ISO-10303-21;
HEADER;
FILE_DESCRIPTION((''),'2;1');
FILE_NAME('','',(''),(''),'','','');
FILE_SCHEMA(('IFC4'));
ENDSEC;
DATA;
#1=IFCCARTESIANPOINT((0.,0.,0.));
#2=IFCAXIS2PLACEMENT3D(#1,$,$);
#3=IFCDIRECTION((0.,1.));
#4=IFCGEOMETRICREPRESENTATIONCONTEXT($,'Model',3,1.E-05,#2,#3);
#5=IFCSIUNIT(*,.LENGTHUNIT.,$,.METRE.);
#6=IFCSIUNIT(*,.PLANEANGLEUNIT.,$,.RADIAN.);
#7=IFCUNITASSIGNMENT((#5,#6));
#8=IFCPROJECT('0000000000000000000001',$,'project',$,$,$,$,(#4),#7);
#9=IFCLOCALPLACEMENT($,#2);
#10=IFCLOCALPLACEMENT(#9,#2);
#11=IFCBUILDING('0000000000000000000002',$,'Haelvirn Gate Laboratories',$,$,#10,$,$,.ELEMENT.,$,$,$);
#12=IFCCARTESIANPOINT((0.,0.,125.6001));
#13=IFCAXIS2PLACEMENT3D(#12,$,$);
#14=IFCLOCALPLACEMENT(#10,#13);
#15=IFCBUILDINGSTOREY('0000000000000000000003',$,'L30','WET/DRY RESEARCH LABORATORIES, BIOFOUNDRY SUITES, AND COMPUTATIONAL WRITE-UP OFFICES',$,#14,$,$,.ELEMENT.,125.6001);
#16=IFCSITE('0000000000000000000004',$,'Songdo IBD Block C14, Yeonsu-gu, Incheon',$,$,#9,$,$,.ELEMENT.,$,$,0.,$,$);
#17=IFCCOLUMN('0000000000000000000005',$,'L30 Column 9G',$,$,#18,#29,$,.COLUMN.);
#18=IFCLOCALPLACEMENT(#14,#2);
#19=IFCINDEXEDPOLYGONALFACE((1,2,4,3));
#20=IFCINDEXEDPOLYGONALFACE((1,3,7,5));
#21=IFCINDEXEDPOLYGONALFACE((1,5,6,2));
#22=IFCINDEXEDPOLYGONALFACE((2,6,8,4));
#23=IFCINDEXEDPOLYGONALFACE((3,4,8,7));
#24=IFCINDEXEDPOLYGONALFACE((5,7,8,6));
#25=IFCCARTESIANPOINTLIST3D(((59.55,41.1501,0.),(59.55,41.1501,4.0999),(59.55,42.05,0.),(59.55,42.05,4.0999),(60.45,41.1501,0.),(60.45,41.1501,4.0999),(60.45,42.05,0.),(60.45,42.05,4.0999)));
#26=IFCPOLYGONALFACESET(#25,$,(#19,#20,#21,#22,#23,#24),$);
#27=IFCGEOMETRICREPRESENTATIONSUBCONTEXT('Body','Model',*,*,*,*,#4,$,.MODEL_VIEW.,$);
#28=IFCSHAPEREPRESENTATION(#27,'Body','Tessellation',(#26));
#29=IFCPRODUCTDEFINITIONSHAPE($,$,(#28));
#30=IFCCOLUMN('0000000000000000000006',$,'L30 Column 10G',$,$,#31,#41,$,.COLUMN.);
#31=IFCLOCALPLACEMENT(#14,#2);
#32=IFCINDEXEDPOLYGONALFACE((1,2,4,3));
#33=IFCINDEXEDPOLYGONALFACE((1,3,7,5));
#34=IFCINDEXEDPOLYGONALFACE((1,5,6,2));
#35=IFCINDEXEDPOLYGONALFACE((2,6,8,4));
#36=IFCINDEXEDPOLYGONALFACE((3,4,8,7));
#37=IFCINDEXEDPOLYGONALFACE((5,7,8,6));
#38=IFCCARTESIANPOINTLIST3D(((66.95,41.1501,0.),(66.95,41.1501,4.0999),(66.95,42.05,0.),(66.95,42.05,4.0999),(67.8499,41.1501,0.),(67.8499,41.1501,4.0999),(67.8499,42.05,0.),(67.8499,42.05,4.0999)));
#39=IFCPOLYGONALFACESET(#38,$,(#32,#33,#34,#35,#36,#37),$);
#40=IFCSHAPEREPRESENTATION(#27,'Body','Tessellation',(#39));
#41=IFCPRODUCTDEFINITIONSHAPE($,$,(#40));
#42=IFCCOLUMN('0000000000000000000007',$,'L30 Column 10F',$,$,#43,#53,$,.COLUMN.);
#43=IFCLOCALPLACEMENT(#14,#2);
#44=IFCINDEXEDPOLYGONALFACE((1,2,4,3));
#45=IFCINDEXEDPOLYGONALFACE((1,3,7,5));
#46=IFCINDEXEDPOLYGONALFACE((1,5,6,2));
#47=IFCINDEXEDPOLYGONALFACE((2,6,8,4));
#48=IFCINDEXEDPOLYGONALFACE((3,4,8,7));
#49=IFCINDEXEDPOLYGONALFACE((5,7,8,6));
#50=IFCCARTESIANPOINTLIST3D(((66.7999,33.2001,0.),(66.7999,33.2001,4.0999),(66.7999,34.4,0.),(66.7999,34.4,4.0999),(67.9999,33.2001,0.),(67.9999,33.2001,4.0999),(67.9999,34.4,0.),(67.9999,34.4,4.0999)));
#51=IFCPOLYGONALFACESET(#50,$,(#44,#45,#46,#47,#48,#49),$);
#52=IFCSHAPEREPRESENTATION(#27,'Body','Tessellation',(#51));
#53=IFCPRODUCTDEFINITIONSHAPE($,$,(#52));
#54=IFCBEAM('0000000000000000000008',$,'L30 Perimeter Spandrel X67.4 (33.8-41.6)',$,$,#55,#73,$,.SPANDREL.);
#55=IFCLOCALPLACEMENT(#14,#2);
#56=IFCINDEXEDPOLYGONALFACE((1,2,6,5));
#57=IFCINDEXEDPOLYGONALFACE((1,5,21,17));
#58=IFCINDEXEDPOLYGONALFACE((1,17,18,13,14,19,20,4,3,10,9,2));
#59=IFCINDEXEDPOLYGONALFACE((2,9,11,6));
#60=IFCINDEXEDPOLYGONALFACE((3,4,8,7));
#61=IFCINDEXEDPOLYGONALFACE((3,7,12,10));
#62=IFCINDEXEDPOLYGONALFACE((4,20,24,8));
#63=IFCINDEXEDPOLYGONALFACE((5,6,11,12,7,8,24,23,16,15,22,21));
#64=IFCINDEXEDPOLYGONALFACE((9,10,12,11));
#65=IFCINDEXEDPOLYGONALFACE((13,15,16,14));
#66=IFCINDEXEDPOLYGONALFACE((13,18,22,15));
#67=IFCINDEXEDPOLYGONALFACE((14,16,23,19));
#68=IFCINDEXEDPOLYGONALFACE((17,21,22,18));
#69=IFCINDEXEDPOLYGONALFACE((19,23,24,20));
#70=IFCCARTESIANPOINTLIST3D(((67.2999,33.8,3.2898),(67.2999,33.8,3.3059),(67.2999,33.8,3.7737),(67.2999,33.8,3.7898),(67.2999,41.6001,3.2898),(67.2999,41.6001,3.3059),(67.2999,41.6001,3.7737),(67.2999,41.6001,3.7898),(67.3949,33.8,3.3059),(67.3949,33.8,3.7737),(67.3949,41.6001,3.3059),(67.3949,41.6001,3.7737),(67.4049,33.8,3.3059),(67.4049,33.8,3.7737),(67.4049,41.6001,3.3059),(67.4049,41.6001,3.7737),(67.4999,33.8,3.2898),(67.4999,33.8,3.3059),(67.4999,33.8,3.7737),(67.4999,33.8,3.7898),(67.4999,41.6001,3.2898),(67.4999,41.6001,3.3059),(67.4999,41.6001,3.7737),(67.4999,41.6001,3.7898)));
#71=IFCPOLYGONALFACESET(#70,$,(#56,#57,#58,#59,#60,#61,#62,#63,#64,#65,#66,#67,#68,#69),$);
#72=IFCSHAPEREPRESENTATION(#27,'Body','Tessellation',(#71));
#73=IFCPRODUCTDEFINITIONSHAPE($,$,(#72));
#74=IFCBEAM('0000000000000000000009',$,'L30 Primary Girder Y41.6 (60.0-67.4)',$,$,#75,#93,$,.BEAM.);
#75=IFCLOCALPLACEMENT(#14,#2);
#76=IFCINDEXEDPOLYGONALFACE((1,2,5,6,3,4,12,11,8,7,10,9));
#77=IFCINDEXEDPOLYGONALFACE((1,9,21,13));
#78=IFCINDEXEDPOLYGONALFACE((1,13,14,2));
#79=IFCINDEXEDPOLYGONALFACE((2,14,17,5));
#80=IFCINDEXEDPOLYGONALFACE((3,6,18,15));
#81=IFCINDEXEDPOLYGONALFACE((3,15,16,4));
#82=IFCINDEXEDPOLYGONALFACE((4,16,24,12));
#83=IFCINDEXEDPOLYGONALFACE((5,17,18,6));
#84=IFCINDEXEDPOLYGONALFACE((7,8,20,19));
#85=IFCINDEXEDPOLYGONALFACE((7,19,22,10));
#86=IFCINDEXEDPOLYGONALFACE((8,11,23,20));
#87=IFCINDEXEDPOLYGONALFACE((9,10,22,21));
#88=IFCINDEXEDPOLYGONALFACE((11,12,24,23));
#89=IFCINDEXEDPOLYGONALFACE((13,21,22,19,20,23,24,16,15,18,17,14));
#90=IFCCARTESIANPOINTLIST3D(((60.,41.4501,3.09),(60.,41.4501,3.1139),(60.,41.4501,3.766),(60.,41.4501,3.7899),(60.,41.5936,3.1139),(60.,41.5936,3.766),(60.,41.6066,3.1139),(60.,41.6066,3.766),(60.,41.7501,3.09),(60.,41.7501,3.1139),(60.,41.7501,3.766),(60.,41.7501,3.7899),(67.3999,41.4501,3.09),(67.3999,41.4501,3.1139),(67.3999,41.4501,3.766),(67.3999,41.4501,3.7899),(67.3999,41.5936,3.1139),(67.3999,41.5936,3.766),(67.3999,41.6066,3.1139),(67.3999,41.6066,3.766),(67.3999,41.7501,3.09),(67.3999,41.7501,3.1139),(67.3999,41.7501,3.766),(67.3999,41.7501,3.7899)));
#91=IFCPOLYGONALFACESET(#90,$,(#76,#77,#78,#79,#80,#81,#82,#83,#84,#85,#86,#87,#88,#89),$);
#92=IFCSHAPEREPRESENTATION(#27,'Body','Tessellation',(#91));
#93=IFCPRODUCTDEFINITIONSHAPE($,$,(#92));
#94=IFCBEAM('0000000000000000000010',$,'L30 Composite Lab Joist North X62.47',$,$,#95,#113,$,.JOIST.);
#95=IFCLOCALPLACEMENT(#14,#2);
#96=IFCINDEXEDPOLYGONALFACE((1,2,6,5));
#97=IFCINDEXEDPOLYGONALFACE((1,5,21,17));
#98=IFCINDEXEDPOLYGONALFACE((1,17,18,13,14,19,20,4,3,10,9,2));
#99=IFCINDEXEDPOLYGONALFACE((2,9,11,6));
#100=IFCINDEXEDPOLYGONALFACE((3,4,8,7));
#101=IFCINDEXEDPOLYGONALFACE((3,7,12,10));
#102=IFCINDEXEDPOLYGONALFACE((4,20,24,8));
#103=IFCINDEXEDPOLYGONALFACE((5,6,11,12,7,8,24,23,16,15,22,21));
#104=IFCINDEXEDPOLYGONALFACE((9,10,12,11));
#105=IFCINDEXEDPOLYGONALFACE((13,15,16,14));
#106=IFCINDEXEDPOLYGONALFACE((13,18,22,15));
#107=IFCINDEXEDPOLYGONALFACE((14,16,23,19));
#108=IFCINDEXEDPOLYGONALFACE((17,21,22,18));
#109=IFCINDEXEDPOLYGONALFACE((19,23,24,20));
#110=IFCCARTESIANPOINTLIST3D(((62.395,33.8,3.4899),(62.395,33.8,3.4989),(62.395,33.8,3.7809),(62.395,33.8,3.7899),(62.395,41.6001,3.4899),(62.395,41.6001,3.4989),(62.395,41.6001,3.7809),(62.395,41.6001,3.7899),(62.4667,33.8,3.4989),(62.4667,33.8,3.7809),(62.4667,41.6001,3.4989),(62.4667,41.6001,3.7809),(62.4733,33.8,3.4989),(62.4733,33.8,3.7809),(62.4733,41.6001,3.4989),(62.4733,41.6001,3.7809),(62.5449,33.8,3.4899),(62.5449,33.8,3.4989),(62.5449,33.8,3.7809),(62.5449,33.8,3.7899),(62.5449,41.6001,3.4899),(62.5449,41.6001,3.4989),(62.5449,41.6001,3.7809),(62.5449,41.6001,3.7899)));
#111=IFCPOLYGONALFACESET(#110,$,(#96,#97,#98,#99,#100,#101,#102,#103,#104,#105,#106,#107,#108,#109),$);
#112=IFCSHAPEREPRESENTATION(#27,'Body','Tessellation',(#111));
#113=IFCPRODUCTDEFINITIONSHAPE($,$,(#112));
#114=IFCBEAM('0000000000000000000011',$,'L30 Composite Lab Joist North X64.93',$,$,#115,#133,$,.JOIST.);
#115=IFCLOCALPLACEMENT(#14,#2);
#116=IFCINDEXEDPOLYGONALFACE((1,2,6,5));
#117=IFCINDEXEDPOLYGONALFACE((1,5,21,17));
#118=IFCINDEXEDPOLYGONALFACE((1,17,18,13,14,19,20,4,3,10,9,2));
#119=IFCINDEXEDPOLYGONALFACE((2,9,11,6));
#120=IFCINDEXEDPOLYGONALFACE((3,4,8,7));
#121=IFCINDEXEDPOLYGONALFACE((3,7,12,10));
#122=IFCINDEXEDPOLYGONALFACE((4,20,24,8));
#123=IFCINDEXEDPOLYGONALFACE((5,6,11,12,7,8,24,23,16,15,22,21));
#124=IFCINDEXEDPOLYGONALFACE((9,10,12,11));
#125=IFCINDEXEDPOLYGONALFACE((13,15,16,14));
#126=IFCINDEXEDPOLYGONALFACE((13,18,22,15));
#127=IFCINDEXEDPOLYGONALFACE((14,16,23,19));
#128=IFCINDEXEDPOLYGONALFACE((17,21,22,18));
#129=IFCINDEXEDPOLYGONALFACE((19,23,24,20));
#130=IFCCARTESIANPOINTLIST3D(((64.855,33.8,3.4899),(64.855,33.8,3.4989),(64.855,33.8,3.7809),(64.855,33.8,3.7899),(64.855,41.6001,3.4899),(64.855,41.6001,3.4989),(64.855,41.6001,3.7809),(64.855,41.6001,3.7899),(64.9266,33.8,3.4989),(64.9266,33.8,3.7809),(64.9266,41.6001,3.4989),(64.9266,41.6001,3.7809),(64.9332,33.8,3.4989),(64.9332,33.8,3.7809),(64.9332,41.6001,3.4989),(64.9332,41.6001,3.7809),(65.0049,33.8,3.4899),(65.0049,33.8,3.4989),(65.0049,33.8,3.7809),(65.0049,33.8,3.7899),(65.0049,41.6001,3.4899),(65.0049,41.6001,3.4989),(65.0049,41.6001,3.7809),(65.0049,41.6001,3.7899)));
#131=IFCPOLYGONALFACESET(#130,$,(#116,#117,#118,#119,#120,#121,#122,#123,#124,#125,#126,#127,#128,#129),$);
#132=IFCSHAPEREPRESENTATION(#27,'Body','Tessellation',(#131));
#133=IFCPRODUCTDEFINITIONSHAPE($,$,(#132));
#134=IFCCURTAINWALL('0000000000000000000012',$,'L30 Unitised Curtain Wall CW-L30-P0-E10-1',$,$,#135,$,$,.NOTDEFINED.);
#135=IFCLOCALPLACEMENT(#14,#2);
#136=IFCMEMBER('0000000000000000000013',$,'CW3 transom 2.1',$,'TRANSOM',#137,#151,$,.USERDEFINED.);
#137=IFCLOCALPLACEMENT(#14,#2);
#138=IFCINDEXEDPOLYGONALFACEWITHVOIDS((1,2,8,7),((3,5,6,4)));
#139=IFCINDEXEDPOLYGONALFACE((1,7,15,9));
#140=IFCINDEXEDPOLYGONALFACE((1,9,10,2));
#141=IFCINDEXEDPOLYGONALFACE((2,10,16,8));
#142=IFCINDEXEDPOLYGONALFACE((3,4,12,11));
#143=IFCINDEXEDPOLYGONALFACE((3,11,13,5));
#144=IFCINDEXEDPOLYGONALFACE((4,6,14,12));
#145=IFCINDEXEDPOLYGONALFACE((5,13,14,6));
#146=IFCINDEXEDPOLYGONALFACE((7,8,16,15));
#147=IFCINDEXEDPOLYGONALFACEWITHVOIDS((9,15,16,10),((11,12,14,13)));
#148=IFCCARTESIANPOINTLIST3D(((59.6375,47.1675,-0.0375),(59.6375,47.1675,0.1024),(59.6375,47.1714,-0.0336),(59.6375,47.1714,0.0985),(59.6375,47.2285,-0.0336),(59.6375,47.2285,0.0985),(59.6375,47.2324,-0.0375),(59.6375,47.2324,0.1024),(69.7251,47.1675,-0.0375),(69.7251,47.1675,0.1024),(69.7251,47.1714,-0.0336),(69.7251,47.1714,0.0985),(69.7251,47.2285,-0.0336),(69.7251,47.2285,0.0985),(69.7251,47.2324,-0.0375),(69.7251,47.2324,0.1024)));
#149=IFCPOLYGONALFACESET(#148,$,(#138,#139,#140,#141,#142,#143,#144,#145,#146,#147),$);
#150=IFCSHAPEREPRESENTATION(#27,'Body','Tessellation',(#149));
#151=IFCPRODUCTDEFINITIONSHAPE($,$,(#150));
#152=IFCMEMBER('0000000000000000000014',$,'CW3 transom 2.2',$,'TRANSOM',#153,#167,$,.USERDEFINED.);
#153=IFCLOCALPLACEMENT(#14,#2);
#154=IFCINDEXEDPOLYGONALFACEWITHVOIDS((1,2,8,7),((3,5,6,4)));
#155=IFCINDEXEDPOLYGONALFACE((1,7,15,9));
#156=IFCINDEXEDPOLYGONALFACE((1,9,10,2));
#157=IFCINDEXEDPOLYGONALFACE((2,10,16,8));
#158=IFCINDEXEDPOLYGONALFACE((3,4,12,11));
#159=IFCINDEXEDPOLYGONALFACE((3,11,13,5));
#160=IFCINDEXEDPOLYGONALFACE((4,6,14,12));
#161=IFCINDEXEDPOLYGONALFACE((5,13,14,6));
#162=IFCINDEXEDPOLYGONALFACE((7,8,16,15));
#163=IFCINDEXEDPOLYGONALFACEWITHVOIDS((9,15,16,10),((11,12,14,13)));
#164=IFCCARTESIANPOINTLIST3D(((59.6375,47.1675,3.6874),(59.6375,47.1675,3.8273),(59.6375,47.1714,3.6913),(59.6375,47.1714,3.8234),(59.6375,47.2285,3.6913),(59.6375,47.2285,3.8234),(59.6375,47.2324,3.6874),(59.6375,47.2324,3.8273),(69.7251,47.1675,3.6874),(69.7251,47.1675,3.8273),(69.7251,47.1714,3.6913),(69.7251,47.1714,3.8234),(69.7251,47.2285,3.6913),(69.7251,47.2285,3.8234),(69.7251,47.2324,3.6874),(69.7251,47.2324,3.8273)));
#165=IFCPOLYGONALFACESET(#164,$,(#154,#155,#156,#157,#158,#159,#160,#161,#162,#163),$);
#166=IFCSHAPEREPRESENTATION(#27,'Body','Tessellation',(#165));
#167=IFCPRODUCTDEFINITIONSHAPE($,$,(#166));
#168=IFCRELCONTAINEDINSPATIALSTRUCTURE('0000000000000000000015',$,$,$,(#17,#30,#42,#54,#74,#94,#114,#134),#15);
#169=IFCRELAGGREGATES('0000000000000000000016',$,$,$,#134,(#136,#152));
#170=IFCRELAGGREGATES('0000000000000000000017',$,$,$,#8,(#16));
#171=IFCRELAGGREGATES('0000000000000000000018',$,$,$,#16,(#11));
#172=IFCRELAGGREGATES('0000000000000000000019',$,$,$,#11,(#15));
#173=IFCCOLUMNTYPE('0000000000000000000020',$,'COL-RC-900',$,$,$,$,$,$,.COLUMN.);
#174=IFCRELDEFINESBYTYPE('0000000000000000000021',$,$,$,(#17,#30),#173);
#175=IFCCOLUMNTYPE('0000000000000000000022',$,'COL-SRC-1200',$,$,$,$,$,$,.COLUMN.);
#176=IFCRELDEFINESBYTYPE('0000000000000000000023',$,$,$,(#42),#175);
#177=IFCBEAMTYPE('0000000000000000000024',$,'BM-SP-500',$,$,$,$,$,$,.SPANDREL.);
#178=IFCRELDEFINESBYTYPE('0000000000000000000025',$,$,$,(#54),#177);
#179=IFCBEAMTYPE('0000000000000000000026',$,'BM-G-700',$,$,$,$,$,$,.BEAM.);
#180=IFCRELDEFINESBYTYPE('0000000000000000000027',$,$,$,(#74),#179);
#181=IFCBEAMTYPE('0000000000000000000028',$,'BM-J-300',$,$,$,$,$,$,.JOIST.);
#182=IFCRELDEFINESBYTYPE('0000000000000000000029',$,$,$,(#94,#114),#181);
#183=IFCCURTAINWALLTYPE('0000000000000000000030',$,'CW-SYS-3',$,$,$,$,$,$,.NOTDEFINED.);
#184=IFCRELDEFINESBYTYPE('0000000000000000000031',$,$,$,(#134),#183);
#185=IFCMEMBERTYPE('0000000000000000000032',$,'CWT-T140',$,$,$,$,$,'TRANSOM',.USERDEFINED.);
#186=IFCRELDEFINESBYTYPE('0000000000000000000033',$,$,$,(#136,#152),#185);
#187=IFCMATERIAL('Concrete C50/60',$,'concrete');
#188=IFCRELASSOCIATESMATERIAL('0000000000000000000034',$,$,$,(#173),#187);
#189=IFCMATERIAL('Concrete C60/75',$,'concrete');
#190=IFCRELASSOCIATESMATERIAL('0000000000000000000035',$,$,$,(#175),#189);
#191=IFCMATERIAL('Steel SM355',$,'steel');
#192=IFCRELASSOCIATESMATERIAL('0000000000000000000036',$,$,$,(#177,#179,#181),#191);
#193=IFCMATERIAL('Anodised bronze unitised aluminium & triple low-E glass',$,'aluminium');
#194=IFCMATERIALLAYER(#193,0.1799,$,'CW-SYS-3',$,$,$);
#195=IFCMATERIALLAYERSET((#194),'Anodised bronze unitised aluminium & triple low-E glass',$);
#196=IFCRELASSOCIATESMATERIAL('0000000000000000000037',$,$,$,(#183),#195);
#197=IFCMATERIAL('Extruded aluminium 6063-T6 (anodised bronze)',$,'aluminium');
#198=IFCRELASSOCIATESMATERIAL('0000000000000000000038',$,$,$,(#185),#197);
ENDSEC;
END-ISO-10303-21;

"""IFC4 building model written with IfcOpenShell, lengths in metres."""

from ifc_helpers import new_model, si_unit, direction, frame, origin, origin_2d, place, context, subcontext, project, spatial, rectangle, hollow_rectangle, i_section, extrude, source, transform, mapped, material, layer, layer_set, material_profile, profile_set, type_object, type_shapes, element, aggregate, save


model = new_model("IFC4")

# Units and contexts
model_context = context("Model", 3, precision=1e-05, world=origin(), true_north=direction((0.0, 1.0)))
body_context = subcontext(model_context, "Body", "Model", "MODEL_VIEW")
ifc_project = project(units=[si_unit("LENGTHUNIT", "METRE"), si_unit("PLANEANGLEUNIT", "RADIAN")], contexts=[model_context])

# Site, building, storey
site_placement = place(None, origin())
site = spatial("IfcSite", under=ifc_project, at=site_placement, Name="Songdo IBD Block C14, Yeonsu-gu, Incheon", CompositionType="ELEMENT", RefElevation=0.0)
building_placement = place(site_placement, origin())
building = spatial("IfcBuilding", under=site, at=building_placement, Name="Haelvirn Gate Laboratories", CompositionType="ELEMENT")
storey_placement = place(building_placement, frame((0.0, 0.0, 125.6001)))
storey = spatial("IfcBuildingStorey", under=building, at=storey_placement, Name="L30", Description="WET/DRY RESEARCH LABORATORIES, BIOFOUNDRY SUITES, AND COMPUTATIONAL WRITE-UP OFFICES", CompositionType="ELEMENT", Elevation=125.6001)

# Columns
ifc_material_1 = material(Name="Concrete C50/60", Category="concrete")
ifc_material_profile_1 = material_profile(ifc_material_1, rectangle(XDim=0.8999, YDim=0.8999, at=origin_2d()), Name="RC-900x900")
ifc_profile_set_1 = profile_set([ifc_material_profile_1], Name="Concrete C50/60")
column_type_1 = type_object("IfcColumnType", Name="COL-RC-900", PredefinedType="COLUMN", material=ifc_profile_set_1)
shared_shape_1 = source(origin(), body_context, "Body", "SweptSolid", [
    extrude(rectangle(XDim=0.8999, YDim=0.8999, at=origin_2d()), origin(), (0.0, 0.0, 1.0), 4.0999),
])
type_shapes(column_type_1, [shared_shape_1])
for number, where, z_axis, x_axis, name in (
    (1, (60.0, 41.6001, 0.0), (0.0, 0.0, 1.0), (1.0, 0.0, 0.0), "L30 Column 9G"),
    (2, (67.3999, 41.6001, 0.0), (0.0, 0.0, 1.0), (1.0, 0.0, 0.0), "L30 Column 10G"),
):
    element("IfcColumn", number, at=place(storey_placement, frame(where, z_axis=z_axis, x_axis=x_axis)), inside=storey, type_object=column_type_1, Name=name, PredefinedType="COLUMN", context=body_context, shape_type="MappedRepresentation", body=[
        mapped(shared_shape_1, transform((0.0, 0.0, 0.0), scale=1.0)),
    ])
ifc_material_2 = material(Name="Concrete C60/75", Category="concrete")
ifc_material_profile_2 = material_profile(ifc_material_2, rectangle(XDim=1.2, YDim=1.2, at=origin_2d()), Name="SRC-1200x1200")
ifc_profile_set_2 = profile_set([ifc_material_profile_2], Name="Concrete C60/75")
column_type_2 = type_object("IfcColumnType", Name="COL-SRC-1200", PredefinedType="COLUMN", material=ifc_profile_set_2)
shared_shape_2 = source(origin(), body_context, "Body", "SweptSolid", [
    extrude(rectangle(XDim=1.2, YDim=1.2, at=origin_2d()), origin(), (0.0, 0.0, 1.0), 4.0999),
])
type_shapes(column_type_2, [shared_shape_2])
column_placement = place(storey_placement, frame((67.3999, 33.8, 0.0), z_axis=(0.0, 0.0, 1.0), x_axis=(1.0, 0.0, 0.0)))
element("IfcColumn", 3, at=column_placement, inside=storey, type_object=column_type_2, Name="L30 Column 10F", PredefinedType="COLUMN", context=body_context, shape_type="MappedRepresentation", body=[
    mapped(shared_shape_2, transform((0.0, 0.0, 0.0), scale=1.0)),
])

# Beams
ifc_material_3 = material(Name="Steel SM355", Category="steel")
ifc_material_profile_3 = material_profile(ifc_material_3, i_section(OverallWidth=0.2, OverallDepth=0.5, WebThickness=0.01, FlangeThickness=0.0161, at=origin_2d()), Name="H-500x200x10x16")
ifc_profile_set_3 = profile_set([ifc_material_profile_3], Name="Steel SM355")
beam_type_1 = type_object("IfcBeamType", Name="BM-SP-500", PredefinedType="SPANDREL", material=ifc_profile_set_3)
shared_shape_3 = source(origin(), body_context, "Body", "SweptSolid", [
    extrude(i_section(OverallWidth=0.2, OverallDepth=0.5, WebThickness=0.01, FlangeThickness=0.0161, at=origin_2d()), origin(), (0.0, 0.0, 1.0), 7.8),
])
type_shapes(beam_type_1, [shared_shape_3])
beam_1_placement = place(storey_placement, frame((67.3999, 33.8, 3.5398), z_axis=(0.0, 1.0, 0.0), x_axis=(-1.0, 0.0, 0.0)))
element("IfcBeam", 4, at=beam_1_placement, inside=storey, type_object=beam_type_1, Name="L30 Perimeter Spandrel X67.4 (33.8-41.6)", PredefinedType="SPANDREL", context=body_context, shape_type="MappedRepresentation", body=[
    mapped(shared_shape_3, transform((0.0, 0.0, 0.0), scale=1.0)),
])
ifc_material_profile_4 = material_profile(ifc_material_3, i_section(OverallWidth=0.3, OverallDepth=0.7, WebThickness=0.0129, FlangeThickness=0.0239, at=origin_2d()), Name="H-700x300x13x24")
ifc_profile_set_4 = profile_set([ifc_material_profile_4], Name="Steel SM355")
beam_type_2 = type_object("IfcBeamType", Name="BM-G-700", PredefinedType="BEAM", material=ifc_profile_set_4)
shared_shape_4 = source(origin(), body_context, "Body", "SweptSolid", [
    extrude(i_section(OverallWidth=0.3, OverallDepth=0.7, WebThickness=0.0129, FlangeThickness=0.0239, at=origin_2d()), origin(), (0.0, 0.0, 1.0), 7.3999),
])
type_shapes(beam_type_2, [shared_shape_4])
beam_2_placement = place(storey_placement, frame((60.0, 41.6001, 3.4399), z_axis=(1.0, 0.0, 0.0), x_axis=(0.0, 1.0, 0.0)))
element("IfcBeam", 5, at=beam_2_placement, inside=storey, type_object=beam_type_2, Name="L30 Primary Girder Y41.6 (60.0-67.4)", PredefinedType="BEAM", context=body_context, shape_type="MappedRepresentation", body=[
    mapped(shared_shape_4, transform((0.0, 0.0, 0.0), scale=1.0)),
])
ifc_material_profile_5 = material_profile(ifc_material_3, i_section(OverallWidth=0.1499, OverallDepth=0.3, WebThickness=0.0066, FlangeThickness=0.009, at=origin_2d()), Name="H-300x150x6.5x9")
ifc_profile_set_5 = profile_set([ifc_material_profile_5], Name="Steel SM355")
beam_type_3 = type_object("IfcBeamType", Name="BM-J-300", PredefinedType="JOIST", material=ifc_profile_set_5)
shared_shape_5 = source(origin(), body_context, "Body", "SweptSolid", [
    extrude(i_section(OverallWidth=0.1499, OverallDepth=0.3, WebThickness=0.0066, FlangeThickness=0.009, at=origin_2d()), origin(), (0.0, 0.0, 1.0), 7.8),
])
type_shapes(beam_type_3, [shared_shape_5])
for number, where, z_axis, x_axis, name in (
    (6, (62.47, 33.8, 3.6399), (0.0, 1.0, 0.0), (-1.0, 0.0, 0.0), "L30 Composite Lab Joist North X62.47"),
    (7, (64.9299, 33.8, 3.6399), (0.0, 1.0, 0.0), (-1.0, 0.0, 0.0), "L30 Composite Lab Joist North X64.93"),
):
    element("IfcBeam", number, at=place(storey_placement, frame(where, z_axis=z_axis, x_axis=x_axis)), inside=storey, type_object=beam_type_3, Name=name, PredefinedType="JOIST", context=body_context, shape_type="MappedRepresentation", body=[
        mapped(shared_shape_5, transform((0.0, 0.0, 0.0), scale=1.0)),
    ])

# Curtain wall, members
ifc_material_4 = material(Name="Anodised bronze unitised aluminium & triple low-E glass", Category="aluminium")
ifc_layer_1 = layer(ifc_material_4, 0.1799, Name="CW-SYS-3")
ifc_layer_set_1 = layer_set([ifc_layer_1], Name="Anodised bronze unitised aluminium & triple low-E glass")
curtain_wall_type_1 = type_object("IfcCurtainWallType", Name="CW-SYS-3", PredefinedType="NOTDEFINED", material=ifc_layer_set_1)
curtain_wall_1_placement = place(storey_placement, origin())
curtain_wall_1 = element("IfcCurtainWall", 8, at=curtain_wall_1_placement, inside=storey, type_object=curtain_wall_type_1, Name="L30 Unitised Curtain Wall CW-L30-P0-E10-1", PredefinedType="NOTDEFINED")
ifc_material_5 = material(Name="Extruded aluminium 6063-T6 (anodised bronze)", Category="aluminium")
ifc_material_profile_6 = material_profile(ifc_material_5, hollow_rectangle(XDim=0.0649, YDim=0.1399, WallThickness=0.0039, at=origin_2d()), Name="CWT-140x65x4")
ifc_profile_set_6 = profile_set([ifc_material_profile_6], Name="Extruded aluminium 6063-T6 (anodised bronze)")
member_type_1 = type_object("IfcMemberType", Name="CWT-T140", ElementType="TRANSOM", PredefinedType="USERDEFINED", material=ifc_profile_set_6)
shared_shape_6 = source(origin(), body_context, "Body", "SweptSolid", [
    extrude(hollow_rectangle(XDim=0.0649, YDim=0.1399, WallThickness=0.0039, at=origin_2d()), origin(), (0.0, 0.0, 1.0), 10.0876),
])
member_1_placement = place(storey_placement, frame((59.6375, 47.2, 0.0325), z_axis=(1.0, 0.0, 0.0), x_axis=(0.0, 1.0, 0.0)))
member_1 = element("IfcMember", 9, at=member_1_placement, type_object=member_type_1, Name="CW3 transom 2.1", ObjectType="TRANSOM", PredefinedType="USERDEFINED", context=body_context, shape_type="MappedRepresentation", body=[
    mapped(shared_shape_6, transform((0.0, 0.0, 0.0), scale=1.0)),
])
member_2_placement = place(storey_placement, frame((59.6375, 47.2, 3.7573), z_axis=(1.0, 0.0, 0.0), x_axis=(0.0, 1.0, 0.0)))
member_2 = element("IfcMember", 10, at=member_2_placement, type_object=member_type_1, Name="CW3 transom 2.2", ObjectType="TRANSOM", PredefinedType="USERDEFINED", context=body_context, shape_type="MappedRepresentation", body=[
    mapped(shared_shape_6, transform((0.0, 0.0, 0.0), scale=1.0)),
])

aggregate(curtain_wall_1, [member_1, member_2])

save(model, "model.ifc")
